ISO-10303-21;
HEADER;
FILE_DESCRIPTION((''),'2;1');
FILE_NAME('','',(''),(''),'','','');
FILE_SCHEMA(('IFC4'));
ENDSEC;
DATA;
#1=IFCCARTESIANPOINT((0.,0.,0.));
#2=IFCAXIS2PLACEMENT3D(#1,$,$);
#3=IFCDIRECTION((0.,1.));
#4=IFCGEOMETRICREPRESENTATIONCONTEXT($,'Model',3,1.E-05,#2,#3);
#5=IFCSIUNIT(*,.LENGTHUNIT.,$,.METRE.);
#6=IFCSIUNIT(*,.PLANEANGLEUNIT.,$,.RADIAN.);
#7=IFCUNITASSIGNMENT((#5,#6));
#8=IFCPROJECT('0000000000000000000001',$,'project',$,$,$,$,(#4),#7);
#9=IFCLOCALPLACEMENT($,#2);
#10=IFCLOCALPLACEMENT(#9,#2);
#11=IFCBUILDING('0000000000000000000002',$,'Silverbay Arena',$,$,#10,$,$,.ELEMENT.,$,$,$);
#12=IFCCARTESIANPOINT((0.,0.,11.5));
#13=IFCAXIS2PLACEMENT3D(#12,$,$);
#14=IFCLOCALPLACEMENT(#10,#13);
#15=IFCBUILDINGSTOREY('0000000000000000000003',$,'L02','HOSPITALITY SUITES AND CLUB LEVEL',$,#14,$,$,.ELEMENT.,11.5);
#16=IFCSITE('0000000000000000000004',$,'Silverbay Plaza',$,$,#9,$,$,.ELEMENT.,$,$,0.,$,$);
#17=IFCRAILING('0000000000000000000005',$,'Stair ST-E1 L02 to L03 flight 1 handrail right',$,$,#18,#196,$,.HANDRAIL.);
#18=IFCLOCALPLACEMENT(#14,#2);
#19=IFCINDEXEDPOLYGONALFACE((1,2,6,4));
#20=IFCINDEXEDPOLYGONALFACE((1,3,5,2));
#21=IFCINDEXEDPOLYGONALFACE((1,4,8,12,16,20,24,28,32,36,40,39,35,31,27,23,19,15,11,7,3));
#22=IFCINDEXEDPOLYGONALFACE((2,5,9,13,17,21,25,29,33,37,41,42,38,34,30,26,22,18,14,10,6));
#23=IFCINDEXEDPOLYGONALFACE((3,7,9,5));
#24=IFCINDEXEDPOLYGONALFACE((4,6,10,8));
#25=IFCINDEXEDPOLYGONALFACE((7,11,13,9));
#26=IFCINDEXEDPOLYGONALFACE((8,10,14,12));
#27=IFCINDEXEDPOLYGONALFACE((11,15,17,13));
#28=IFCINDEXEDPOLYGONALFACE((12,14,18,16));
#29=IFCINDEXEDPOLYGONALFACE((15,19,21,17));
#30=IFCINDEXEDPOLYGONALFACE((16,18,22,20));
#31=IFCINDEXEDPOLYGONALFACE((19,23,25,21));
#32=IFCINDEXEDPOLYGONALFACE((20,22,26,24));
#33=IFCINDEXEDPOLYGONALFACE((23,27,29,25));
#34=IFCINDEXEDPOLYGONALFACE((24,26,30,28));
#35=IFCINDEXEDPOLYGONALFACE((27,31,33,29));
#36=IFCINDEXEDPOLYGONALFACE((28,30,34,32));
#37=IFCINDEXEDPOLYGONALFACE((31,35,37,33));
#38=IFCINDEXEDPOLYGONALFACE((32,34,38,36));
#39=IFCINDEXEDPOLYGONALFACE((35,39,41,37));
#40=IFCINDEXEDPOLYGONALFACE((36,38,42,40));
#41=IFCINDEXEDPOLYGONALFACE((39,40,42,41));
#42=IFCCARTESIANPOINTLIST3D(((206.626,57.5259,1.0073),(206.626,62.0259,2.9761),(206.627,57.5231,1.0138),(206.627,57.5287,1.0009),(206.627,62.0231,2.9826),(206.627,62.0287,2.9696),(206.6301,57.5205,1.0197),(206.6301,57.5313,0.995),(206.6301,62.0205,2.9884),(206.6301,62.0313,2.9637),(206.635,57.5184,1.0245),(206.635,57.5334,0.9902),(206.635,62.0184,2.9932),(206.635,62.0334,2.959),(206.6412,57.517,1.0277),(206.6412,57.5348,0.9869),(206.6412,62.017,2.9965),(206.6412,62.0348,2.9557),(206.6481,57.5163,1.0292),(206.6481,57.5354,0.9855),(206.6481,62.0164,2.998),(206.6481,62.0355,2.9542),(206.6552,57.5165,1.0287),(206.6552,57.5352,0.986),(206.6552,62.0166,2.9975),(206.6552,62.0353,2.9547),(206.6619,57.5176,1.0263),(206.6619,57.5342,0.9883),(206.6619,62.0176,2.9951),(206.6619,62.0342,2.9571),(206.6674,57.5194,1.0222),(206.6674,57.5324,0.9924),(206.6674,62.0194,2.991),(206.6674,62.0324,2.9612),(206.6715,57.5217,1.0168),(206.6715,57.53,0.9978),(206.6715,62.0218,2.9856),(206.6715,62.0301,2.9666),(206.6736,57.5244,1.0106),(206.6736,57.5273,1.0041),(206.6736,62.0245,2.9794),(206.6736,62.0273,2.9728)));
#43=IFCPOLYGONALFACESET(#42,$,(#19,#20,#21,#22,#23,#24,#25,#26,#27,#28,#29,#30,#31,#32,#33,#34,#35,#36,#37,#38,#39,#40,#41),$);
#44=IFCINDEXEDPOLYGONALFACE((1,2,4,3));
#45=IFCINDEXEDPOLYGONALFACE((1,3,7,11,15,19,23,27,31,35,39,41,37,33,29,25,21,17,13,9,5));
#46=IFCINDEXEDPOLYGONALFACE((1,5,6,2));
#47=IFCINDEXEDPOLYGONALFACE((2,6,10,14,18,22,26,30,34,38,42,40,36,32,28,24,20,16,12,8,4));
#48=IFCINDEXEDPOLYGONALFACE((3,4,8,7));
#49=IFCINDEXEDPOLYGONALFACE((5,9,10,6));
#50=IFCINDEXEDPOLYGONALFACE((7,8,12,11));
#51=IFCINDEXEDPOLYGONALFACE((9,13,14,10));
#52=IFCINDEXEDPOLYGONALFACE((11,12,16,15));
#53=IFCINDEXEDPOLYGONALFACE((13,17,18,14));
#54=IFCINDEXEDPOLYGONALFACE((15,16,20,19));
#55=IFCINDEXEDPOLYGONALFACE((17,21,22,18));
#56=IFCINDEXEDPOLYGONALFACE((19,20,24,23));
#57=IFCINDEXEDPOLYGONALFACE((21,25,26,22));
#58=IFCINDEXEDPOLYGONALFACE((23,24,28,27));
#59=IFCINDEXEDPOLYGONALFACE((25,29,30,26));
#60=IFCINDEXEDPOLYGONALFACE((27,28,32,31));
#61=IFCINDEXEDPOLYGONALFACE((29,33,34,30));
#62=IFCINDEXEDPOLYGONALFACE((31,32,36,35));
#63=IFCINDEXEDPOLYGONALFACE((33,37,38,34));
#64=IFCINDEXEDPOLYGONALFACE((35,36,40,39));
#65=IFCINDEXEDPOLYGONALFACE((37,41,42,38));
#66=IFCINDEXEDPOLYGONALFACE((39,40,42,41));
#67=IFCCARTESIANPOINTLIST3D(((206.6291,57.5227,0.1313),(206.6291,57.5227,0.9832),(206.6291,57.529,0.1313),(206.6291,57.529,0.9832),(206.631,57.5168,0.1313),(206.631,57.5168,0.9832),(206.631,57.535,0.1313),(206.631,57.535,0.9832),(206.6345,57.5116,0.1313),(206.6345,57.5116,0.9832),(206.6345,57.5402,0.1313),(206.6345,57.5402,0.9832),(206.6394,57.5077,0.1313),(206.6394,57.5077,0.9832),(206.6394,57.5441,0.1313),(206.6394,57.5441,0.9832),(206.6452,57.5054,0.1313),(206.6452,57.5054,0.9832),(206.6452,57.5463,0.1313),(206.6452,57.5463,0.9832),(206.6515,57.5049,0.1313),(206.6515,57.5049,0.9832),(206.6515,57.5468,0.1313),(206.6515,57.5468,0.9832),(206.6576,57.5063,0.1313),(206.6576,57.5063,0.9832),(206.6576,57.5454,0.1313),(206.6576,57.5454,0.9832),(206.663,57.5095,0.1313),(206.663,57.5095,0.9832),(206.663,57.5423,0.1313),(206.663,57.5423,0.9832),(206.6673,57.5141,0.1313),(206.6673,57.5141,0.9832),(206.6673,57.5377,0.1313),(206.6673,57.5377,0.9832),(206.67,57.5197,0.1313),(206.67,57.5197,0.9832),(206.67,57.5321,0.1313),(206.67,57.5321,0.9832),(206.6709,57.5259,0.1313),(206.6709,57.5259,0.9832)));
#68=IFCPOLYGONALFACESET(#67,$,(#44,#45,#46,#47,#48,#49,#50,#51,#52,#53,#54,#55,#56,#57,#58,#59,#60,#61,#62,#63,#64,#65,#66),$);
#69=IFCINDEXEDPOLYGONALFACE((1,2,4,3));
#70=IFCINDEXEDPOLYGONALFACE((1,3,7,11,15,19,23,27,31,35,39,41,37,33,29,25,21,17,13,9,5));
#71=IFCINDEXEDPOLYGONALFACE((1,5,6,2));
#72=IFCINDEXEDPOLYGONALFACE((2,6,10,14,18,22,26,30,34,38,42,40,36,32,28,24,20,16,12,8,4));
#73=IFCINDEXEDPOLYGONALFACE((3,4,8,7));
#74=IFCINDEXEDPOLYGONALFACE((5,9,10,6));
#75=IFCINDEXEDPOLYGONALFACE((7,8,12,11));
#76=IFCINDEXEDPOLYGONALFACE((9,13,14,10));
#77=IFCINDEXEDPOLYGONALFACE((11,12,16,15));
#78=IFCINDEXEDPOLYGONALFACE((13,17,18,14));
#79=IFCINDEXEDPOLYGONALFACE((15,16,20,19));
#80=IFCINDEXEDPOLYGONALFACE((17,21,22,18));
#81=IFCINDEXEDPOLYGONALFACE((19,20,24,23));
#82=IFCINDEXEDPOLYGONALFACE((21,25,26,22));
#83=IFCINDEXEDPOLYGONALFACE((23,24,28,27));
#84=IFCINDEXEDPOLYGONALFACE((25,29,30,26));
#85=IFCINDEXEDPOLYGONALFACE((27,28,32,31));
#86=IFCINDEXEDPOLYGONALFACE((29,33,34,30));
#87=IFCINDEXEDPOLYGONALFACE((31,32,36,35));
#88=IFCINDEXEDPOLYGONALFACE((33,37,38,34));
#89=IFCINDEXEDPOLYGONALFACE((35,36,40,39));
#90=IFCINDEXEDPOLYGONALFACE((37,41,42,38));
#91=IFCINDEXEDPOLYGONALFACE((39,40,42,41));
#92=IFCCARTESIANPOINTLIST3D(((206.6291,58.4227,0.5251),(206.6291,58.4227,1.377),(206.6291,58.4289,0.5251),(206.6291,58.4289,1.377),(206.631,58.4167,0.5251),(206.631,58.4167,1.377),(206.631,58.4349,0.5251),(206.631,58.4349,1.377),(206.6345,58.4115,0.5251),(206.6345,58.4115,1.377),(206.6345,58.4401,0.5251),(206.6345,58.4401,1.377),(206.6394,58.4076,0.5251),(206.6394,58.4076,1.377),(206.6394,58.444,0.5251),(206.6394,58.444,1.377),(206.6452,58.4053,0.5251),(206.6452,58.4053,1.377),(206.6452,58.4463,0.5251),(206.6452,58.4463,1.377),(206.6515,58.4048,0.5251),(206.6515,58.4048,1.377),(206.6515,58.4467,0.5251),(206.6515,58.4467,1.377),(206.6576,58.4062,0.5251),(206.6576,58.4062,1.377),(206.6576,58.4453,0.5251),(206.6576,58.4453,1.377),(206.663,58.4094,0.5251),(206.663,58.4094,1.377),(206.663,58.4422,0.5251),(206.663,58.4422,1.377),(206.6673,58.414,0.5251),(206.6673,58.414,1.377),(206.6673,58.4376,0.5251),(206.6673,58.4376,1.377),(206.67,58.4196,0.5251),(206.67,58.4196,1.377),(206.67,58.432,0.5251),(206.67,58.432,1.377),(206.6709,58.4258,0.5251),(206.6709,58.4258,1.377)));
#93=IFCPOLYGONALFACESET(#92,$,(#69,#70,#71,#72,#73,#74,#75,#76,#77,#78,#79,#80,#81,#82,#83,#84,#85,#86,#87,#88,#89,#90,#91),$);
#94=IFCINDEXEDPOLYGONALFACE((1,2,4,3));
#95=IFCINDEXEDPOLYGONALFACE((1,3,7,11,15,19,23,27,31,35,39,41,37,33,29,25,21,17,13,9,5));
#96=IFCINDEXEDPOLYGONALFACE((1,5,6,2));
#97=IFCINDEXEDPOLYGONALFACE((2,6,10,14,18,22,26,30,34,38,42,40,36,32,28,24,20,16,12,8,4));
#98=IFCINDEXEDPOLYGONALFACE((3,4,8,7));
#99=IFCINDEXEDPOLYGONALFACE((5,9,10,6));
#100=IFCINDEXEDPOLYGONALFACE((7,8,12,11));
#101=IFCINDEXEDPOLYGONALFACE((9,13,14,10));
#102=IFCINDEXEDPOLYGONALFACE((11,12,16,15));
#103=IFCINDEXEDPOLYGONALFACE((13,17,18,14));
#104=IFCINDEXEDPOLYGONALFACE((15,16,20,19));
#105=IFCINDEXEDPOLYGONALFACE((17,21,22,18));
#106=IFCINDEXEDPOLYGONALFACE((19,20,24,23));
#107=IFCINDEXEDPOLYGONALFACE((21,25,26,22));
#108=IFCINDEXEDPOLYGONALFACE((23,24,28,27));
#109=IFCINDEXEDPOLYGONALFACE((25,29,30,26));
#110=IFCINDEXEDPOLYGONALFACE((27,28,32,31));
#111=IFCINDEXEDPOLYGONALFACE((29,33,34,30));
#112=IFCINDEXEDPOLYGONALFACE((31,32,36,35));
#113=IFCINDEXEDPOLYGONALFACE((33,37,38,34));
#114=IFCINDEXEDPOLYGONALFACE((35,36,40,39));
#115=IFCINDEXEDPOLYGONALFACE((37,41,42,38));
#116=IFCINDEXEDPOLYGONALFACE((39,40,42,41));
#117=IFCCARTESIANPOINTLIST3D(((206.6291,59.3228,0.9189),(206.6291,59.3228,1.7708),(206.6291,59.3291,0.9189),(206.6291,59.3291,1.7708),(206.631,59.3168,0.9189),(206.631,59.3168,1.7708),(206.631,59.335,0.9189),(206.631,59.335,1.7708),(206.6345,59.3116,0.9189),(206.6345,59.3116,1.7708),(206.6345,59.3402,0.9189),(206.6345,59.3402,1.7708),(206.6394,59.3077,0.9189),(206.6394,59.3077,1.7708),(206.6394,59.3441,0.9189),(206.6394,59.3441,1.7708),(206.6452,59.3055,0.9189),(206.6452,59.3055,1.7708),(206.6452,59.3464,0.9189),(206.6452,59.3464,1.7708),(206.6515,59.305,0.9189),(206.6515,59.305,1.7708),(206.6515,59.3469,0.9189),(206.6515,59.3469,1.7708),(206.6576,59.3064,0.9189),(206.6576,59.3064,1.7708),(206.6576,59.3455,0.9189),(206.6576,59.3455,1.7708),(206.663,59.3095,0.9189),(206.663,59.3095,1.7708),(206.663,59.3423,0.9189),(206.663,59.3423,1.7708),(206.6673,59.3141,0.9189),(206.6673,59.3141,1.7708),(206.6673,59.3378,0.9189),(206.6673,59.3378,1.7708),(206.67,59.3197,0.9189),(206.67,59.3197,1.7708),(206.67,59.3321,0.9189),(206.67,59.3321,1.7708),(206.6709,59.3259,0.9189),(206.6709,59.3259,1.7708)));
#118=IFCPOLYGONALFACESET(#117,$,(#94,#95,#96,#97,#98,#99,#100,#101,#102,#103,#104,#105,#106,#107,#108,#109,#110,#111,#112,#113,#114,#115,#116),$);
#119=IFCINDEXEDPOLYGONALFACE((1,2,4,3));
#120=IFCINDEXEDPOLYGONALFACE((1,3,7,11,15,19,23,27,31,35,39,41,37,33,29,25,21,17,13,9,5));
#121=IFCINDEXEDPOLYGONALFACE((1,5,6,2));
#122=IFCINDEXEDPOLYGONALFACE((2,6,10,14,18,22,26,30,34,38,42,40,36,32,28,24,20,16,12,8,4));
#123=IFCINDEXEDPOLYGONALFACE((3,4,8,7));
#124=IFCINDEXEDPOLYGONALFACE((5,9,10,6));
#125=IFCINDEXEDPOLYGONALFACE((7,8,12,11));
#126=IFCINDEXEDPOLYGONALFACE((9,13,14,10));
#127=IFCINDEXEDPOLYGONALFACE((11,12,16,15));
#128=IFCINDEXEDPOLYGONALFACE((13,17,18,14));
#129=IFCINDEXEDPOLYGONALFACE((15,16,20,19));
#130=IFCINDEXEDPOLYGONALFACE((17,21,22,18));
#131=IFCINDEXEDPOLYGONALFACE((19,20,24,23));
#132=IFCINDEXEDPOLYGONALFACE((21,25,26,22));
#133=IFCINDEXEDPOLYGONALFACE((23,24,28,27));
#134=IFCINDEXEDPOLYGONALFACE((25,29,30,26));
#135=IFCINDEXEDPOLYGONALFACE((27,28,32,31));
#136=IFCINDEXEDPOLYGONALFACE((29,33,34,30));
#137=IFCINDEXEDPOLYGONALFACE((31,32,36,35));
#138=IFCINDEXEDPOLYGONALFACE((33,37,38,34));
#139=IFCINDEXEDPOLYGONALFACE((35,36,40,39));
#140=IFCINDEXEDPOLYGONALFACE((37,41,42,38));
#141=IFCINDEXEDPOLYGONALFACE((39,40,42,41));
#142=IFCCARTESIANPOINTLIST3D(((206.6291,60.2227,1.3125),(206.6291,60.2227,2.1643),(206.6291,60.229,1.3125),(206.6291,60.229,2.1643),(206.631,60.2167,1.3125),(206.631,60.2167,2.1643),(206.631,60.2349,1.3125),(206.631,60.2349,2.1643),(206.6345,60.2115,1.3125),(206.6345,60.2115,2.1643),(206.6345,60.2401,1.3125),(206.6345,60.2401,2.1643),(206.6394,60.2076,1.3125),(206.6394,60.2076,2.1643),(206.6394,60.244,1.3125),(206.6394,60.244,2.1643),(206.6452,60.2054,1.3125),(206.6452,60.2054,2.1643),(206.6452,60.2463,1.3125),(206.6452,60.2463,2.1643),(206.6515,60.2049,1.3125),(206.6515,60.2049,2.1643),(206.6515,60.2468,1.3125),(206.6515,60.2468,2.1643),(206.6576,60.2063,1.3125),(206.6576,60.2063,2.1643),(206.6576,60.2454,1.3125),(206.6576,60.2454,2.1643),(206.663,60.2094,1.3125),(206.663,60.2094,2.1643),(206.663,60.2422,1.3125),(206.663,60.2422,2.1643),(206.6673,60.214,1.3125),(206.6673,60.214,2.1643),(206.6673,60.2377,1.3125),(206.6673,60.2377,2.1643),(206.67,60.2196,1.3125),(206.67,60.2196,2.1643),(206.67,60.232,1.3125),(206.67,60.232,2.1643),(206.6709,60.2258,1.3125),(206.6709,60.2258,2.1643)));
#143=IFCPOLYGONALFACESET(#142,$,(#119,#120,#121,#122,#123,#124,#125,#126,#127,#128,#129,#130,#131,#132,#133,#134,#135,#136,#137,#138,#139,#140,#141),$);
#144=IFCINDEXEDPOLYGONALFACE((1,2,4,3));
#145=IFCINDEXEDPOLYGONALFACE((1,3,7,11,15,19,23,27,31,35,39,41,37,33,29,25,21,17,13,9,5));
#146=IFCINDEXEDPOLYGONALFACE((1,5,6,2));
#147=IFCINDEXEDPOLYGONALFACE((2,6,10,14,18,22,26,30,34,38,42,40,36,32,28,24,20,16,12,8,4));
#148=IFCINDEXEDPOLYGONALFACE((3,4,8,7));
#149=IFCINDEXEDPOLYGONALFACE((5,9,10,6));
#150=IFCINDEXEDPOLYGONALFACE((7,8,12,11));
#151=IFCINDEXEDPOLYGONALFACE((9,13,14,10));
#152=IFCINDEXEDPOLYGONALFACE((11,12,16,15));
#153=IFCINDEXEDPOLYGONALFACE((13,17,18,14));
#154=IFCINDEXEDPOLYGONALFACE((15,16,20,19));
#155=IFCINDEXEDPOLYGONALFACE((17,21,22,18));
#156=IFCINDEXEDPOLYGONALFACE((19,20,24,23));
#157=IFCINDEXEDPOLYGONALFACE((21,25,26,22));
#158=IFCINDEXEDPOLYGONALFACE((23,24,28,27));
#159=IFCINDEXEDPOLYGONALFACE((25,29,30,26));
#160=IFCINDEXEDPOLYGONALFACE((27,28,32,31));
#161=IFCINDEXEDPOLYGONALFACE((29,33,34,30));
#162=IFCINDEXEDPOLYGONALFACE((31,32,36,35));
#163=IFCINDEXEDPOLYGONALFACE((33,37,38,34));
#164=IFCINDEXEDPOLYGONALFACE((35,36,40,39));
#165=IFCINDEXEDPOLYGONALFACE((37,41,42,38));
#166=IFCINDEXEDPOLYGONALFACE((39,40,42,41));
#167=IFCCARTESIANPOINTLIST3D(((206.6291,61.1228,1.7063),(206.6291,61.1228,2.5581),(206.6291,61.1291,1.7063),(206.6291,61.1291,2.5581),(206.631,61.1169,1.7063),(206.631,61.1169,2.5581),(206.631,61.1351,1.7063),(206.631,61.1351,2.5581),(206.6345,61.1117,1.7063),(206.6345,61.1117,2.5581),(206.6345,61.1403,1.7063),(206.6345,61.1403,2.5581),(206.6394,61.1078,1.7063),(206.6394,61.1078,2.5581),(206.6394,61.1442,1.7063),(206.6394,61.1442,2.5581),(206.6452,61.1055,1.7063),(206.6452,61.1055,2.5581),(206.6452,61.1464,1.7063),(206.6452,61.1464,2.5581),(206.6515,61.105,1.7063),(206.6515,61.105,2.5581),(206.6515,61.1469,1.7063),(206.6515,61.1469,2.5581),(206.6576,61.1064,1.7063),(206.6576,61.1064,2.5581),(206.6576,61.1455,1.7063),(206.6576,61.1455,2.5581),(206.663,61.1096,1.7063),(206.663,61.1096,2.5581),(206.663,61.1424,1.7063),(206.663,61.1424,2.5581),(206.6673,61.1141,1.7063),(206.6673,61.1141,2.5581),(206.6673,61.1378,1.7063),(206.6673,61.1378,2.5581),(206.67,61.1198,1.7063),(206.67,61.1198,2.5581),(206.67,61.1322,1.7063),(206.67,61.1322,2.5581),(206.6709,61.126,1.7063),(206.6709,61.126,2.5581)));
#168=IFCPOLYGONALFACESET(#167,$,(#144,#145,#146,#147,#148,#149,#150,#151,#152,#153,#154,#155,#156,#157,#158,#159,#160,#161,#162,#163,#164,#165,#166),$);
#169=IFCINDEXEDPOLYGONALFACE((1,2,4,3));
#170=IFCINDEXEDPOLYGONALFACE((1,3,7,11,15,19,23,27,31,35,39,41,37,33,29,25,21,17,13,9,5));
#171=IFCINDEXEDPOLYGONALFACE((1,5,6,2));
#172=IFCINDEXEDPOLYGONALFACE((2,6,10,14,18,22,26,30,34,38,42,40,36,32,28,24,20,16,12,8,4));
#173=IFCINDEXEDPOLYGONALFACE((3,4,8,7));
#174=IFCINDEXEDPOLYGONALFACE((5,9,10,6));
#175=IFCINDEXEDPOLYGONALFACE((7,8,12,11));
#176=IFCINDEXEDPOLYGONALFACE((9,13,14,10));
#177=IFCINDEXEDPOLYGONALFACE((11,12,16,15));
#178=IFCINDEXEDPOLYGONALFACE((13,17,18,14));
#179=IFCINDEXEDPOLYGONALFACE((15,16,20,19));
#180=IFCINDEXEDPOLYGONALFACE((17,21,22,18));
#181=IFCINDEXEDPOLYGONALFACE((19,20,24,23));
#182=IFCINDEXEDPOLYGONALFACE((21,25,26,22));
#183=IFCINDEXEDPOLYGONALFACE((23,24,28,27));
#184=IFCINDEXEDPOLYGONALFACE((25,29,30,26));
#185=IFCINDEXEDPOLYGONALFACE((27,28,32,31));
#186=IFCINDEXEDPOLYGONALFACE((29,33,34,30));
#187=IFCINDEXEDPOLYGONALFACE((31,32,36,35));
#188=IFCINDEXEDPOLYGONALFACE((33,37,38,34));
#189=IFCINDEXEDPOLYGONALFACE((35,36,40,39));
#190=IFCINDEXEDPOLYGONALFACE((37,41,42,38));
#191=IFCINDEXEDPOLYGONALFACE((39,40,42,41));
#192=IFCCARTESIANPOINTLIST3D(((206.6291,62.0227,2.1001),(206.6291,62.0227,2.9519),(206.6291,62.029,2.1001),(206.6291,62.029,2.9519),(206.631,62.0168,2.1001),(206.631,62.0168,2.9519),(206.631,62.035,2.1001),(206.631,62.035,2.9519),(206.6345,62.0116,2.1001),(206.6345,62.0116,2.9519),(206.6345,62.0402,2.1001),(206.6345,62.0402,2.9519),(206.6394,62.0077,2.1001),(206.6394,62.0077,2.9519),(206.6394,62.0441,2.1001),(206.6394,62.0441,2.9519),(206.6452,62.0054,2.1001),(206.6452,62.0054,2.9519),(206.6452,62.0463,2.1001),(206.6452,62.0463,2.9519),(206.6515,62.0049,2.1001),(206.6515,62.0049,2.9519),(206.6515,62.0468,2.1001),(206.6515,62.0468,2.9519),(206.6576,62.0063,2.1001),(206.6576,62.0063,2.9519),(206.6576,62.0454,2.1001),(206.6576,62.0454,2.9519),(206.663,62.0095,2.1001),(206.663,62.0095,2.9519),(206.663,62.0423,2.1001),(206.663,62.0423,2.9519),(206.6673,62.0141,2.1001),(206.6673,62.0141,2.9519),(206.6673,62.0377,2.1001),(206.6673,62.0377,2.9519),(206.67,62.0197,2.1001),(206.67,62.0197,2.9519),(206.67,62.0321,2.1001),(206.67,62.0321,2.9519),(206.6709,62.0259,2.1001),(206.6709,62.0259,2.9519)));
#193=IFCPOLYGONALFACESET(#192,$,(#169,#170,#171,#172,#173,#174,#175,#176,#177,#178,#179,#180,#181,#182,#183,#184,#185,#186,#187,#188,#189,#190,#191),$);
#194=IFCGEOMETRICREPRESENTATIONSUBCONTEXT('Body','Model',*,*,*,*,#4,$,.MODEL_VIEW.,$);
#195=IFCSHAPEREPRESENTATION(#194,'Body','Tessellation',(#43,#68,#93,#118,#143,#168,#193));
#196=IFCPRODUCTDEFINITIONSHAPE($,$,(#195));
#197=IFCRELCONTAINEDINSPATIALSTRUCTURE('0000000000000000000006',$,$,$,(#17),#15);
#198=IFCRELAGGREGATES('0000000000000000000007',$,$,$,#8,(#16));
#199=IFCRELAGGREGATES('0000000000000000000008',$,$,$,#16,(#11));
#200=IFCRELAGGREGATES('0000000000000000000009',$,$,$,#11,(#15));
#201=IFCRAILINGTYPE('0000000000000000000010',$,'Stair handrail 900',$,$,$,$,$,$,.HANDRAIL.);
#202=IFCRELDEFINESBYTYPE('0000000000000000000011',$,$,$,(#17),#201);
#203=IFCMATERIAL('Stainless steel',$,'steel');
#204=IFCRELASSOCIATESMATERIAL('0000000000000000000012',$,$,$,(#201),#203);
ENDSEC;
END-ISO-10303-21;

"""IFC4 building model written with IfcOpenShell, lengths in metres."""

from ifc_helpers import new_model, si_unit, direction, frame, origin, origin_2d, place, context, subcontext, project, spatial, circle, extrude, material, type_object, element, save


model = new_model("IFC4")

# Units and contexts
model_context = context("Model", 3, precision=1e-05, world=origin(), true_north=direction((0.0, 1.0)))
body_context = subcontext(model_context, "Body", "Model", "MODEL_VIEW")
ifc_project = project(units=[si_unit("LENGTHUNIT", "METRE"), si_unit("PLANEANGLEUNIT", "RADIAN")], contexts=[model_context])

# Site, building, storey
site_placement = place(None, origin())
site = spatial("IfcSite", under=ifc_project, at=site_placement, Name="Silverbay Plaza", CompositionType="ELEMENT", RefElevation=0.0)
building_placement = place(site_placement, origin())
building = spatial("IfcBuilding", under=site, at=building_placement, Name="Silverbay Arena", CompositionType="ELEMENT")
storey_placement = place(building_placement, frame((0.0, 0.0, 11.5)))
storey = spatial("IfcBuildingStorey", under=building, at=storey_placement, Name="L02", Description="HOSPITALITY SUITES AND CLUB LEVEL", CompositionType="ELEMENT", Elevation=11.5)

# Railing
ifc_material_1 = material(Name="Stainless steel", Category="steel")
railing_type_1 = type_object("IfcRailingType", Name="Stair handrail 900", PredefinedType="HANDRAIL", material=ifc_material_1)
for number, where, name in (
    (1, (206.6499, 57.5259, 0.1313), "Stair ST-E1 L02 to L03 flight 1 handrail right"),
):
    element("IfcRailing", number, at=place(storey_placement, frame(where)), inside=storey, type_object=railing_type_1, Name=name, PredefinedType="HANDRAIL", context=body_context, shape_type="SweptSolid", body=[
        extrude(circle(Radius=0.0239, at=origin_2d()), frame((0.0, 0.0, 0.876), z_axis=(0.0, 0.916157, 0.400819), x_axis=(-1.0, 0.0, 0.0)), (0.0, 0.0, 1.0), 4.9119),
        extrude(circle(Radius=0.021, at=origin_2d()), origin(), (0.0, 0.0, 1.0), 0.8518),
        extrude(circle(Radius=0.021, at=origin_2d()), frame((0.0, 0.8999, 0.3938)), (0.0, 0.0, 1.0), 0.8518),
        extrude(circle(Radius=0.021, at=origin_2d()), frame((0.0, 1.8, 0.7876)), (0.0, 0.0, 1.0), 0.8518),
        extrude(circle(Radius=0.021, at=origin_2d()), frame((0.0, 2.7, 1.1812)), (0.0, 0.0, 1.0), 0.8518),
        extrude(circle(Radius=0.021, at=origin_2d()), frame((0.0, 3.6001, 1.575)), (0.0, 0.0, 1.0), 0.8518),
        extrude(circle(Radius=0.021, at=origin_2d()), frame((0.0, 4.5, 1.9688)), (0.0, 0.0, 1.0), 0.8518),
    ])

save(model, "model.ifc")
